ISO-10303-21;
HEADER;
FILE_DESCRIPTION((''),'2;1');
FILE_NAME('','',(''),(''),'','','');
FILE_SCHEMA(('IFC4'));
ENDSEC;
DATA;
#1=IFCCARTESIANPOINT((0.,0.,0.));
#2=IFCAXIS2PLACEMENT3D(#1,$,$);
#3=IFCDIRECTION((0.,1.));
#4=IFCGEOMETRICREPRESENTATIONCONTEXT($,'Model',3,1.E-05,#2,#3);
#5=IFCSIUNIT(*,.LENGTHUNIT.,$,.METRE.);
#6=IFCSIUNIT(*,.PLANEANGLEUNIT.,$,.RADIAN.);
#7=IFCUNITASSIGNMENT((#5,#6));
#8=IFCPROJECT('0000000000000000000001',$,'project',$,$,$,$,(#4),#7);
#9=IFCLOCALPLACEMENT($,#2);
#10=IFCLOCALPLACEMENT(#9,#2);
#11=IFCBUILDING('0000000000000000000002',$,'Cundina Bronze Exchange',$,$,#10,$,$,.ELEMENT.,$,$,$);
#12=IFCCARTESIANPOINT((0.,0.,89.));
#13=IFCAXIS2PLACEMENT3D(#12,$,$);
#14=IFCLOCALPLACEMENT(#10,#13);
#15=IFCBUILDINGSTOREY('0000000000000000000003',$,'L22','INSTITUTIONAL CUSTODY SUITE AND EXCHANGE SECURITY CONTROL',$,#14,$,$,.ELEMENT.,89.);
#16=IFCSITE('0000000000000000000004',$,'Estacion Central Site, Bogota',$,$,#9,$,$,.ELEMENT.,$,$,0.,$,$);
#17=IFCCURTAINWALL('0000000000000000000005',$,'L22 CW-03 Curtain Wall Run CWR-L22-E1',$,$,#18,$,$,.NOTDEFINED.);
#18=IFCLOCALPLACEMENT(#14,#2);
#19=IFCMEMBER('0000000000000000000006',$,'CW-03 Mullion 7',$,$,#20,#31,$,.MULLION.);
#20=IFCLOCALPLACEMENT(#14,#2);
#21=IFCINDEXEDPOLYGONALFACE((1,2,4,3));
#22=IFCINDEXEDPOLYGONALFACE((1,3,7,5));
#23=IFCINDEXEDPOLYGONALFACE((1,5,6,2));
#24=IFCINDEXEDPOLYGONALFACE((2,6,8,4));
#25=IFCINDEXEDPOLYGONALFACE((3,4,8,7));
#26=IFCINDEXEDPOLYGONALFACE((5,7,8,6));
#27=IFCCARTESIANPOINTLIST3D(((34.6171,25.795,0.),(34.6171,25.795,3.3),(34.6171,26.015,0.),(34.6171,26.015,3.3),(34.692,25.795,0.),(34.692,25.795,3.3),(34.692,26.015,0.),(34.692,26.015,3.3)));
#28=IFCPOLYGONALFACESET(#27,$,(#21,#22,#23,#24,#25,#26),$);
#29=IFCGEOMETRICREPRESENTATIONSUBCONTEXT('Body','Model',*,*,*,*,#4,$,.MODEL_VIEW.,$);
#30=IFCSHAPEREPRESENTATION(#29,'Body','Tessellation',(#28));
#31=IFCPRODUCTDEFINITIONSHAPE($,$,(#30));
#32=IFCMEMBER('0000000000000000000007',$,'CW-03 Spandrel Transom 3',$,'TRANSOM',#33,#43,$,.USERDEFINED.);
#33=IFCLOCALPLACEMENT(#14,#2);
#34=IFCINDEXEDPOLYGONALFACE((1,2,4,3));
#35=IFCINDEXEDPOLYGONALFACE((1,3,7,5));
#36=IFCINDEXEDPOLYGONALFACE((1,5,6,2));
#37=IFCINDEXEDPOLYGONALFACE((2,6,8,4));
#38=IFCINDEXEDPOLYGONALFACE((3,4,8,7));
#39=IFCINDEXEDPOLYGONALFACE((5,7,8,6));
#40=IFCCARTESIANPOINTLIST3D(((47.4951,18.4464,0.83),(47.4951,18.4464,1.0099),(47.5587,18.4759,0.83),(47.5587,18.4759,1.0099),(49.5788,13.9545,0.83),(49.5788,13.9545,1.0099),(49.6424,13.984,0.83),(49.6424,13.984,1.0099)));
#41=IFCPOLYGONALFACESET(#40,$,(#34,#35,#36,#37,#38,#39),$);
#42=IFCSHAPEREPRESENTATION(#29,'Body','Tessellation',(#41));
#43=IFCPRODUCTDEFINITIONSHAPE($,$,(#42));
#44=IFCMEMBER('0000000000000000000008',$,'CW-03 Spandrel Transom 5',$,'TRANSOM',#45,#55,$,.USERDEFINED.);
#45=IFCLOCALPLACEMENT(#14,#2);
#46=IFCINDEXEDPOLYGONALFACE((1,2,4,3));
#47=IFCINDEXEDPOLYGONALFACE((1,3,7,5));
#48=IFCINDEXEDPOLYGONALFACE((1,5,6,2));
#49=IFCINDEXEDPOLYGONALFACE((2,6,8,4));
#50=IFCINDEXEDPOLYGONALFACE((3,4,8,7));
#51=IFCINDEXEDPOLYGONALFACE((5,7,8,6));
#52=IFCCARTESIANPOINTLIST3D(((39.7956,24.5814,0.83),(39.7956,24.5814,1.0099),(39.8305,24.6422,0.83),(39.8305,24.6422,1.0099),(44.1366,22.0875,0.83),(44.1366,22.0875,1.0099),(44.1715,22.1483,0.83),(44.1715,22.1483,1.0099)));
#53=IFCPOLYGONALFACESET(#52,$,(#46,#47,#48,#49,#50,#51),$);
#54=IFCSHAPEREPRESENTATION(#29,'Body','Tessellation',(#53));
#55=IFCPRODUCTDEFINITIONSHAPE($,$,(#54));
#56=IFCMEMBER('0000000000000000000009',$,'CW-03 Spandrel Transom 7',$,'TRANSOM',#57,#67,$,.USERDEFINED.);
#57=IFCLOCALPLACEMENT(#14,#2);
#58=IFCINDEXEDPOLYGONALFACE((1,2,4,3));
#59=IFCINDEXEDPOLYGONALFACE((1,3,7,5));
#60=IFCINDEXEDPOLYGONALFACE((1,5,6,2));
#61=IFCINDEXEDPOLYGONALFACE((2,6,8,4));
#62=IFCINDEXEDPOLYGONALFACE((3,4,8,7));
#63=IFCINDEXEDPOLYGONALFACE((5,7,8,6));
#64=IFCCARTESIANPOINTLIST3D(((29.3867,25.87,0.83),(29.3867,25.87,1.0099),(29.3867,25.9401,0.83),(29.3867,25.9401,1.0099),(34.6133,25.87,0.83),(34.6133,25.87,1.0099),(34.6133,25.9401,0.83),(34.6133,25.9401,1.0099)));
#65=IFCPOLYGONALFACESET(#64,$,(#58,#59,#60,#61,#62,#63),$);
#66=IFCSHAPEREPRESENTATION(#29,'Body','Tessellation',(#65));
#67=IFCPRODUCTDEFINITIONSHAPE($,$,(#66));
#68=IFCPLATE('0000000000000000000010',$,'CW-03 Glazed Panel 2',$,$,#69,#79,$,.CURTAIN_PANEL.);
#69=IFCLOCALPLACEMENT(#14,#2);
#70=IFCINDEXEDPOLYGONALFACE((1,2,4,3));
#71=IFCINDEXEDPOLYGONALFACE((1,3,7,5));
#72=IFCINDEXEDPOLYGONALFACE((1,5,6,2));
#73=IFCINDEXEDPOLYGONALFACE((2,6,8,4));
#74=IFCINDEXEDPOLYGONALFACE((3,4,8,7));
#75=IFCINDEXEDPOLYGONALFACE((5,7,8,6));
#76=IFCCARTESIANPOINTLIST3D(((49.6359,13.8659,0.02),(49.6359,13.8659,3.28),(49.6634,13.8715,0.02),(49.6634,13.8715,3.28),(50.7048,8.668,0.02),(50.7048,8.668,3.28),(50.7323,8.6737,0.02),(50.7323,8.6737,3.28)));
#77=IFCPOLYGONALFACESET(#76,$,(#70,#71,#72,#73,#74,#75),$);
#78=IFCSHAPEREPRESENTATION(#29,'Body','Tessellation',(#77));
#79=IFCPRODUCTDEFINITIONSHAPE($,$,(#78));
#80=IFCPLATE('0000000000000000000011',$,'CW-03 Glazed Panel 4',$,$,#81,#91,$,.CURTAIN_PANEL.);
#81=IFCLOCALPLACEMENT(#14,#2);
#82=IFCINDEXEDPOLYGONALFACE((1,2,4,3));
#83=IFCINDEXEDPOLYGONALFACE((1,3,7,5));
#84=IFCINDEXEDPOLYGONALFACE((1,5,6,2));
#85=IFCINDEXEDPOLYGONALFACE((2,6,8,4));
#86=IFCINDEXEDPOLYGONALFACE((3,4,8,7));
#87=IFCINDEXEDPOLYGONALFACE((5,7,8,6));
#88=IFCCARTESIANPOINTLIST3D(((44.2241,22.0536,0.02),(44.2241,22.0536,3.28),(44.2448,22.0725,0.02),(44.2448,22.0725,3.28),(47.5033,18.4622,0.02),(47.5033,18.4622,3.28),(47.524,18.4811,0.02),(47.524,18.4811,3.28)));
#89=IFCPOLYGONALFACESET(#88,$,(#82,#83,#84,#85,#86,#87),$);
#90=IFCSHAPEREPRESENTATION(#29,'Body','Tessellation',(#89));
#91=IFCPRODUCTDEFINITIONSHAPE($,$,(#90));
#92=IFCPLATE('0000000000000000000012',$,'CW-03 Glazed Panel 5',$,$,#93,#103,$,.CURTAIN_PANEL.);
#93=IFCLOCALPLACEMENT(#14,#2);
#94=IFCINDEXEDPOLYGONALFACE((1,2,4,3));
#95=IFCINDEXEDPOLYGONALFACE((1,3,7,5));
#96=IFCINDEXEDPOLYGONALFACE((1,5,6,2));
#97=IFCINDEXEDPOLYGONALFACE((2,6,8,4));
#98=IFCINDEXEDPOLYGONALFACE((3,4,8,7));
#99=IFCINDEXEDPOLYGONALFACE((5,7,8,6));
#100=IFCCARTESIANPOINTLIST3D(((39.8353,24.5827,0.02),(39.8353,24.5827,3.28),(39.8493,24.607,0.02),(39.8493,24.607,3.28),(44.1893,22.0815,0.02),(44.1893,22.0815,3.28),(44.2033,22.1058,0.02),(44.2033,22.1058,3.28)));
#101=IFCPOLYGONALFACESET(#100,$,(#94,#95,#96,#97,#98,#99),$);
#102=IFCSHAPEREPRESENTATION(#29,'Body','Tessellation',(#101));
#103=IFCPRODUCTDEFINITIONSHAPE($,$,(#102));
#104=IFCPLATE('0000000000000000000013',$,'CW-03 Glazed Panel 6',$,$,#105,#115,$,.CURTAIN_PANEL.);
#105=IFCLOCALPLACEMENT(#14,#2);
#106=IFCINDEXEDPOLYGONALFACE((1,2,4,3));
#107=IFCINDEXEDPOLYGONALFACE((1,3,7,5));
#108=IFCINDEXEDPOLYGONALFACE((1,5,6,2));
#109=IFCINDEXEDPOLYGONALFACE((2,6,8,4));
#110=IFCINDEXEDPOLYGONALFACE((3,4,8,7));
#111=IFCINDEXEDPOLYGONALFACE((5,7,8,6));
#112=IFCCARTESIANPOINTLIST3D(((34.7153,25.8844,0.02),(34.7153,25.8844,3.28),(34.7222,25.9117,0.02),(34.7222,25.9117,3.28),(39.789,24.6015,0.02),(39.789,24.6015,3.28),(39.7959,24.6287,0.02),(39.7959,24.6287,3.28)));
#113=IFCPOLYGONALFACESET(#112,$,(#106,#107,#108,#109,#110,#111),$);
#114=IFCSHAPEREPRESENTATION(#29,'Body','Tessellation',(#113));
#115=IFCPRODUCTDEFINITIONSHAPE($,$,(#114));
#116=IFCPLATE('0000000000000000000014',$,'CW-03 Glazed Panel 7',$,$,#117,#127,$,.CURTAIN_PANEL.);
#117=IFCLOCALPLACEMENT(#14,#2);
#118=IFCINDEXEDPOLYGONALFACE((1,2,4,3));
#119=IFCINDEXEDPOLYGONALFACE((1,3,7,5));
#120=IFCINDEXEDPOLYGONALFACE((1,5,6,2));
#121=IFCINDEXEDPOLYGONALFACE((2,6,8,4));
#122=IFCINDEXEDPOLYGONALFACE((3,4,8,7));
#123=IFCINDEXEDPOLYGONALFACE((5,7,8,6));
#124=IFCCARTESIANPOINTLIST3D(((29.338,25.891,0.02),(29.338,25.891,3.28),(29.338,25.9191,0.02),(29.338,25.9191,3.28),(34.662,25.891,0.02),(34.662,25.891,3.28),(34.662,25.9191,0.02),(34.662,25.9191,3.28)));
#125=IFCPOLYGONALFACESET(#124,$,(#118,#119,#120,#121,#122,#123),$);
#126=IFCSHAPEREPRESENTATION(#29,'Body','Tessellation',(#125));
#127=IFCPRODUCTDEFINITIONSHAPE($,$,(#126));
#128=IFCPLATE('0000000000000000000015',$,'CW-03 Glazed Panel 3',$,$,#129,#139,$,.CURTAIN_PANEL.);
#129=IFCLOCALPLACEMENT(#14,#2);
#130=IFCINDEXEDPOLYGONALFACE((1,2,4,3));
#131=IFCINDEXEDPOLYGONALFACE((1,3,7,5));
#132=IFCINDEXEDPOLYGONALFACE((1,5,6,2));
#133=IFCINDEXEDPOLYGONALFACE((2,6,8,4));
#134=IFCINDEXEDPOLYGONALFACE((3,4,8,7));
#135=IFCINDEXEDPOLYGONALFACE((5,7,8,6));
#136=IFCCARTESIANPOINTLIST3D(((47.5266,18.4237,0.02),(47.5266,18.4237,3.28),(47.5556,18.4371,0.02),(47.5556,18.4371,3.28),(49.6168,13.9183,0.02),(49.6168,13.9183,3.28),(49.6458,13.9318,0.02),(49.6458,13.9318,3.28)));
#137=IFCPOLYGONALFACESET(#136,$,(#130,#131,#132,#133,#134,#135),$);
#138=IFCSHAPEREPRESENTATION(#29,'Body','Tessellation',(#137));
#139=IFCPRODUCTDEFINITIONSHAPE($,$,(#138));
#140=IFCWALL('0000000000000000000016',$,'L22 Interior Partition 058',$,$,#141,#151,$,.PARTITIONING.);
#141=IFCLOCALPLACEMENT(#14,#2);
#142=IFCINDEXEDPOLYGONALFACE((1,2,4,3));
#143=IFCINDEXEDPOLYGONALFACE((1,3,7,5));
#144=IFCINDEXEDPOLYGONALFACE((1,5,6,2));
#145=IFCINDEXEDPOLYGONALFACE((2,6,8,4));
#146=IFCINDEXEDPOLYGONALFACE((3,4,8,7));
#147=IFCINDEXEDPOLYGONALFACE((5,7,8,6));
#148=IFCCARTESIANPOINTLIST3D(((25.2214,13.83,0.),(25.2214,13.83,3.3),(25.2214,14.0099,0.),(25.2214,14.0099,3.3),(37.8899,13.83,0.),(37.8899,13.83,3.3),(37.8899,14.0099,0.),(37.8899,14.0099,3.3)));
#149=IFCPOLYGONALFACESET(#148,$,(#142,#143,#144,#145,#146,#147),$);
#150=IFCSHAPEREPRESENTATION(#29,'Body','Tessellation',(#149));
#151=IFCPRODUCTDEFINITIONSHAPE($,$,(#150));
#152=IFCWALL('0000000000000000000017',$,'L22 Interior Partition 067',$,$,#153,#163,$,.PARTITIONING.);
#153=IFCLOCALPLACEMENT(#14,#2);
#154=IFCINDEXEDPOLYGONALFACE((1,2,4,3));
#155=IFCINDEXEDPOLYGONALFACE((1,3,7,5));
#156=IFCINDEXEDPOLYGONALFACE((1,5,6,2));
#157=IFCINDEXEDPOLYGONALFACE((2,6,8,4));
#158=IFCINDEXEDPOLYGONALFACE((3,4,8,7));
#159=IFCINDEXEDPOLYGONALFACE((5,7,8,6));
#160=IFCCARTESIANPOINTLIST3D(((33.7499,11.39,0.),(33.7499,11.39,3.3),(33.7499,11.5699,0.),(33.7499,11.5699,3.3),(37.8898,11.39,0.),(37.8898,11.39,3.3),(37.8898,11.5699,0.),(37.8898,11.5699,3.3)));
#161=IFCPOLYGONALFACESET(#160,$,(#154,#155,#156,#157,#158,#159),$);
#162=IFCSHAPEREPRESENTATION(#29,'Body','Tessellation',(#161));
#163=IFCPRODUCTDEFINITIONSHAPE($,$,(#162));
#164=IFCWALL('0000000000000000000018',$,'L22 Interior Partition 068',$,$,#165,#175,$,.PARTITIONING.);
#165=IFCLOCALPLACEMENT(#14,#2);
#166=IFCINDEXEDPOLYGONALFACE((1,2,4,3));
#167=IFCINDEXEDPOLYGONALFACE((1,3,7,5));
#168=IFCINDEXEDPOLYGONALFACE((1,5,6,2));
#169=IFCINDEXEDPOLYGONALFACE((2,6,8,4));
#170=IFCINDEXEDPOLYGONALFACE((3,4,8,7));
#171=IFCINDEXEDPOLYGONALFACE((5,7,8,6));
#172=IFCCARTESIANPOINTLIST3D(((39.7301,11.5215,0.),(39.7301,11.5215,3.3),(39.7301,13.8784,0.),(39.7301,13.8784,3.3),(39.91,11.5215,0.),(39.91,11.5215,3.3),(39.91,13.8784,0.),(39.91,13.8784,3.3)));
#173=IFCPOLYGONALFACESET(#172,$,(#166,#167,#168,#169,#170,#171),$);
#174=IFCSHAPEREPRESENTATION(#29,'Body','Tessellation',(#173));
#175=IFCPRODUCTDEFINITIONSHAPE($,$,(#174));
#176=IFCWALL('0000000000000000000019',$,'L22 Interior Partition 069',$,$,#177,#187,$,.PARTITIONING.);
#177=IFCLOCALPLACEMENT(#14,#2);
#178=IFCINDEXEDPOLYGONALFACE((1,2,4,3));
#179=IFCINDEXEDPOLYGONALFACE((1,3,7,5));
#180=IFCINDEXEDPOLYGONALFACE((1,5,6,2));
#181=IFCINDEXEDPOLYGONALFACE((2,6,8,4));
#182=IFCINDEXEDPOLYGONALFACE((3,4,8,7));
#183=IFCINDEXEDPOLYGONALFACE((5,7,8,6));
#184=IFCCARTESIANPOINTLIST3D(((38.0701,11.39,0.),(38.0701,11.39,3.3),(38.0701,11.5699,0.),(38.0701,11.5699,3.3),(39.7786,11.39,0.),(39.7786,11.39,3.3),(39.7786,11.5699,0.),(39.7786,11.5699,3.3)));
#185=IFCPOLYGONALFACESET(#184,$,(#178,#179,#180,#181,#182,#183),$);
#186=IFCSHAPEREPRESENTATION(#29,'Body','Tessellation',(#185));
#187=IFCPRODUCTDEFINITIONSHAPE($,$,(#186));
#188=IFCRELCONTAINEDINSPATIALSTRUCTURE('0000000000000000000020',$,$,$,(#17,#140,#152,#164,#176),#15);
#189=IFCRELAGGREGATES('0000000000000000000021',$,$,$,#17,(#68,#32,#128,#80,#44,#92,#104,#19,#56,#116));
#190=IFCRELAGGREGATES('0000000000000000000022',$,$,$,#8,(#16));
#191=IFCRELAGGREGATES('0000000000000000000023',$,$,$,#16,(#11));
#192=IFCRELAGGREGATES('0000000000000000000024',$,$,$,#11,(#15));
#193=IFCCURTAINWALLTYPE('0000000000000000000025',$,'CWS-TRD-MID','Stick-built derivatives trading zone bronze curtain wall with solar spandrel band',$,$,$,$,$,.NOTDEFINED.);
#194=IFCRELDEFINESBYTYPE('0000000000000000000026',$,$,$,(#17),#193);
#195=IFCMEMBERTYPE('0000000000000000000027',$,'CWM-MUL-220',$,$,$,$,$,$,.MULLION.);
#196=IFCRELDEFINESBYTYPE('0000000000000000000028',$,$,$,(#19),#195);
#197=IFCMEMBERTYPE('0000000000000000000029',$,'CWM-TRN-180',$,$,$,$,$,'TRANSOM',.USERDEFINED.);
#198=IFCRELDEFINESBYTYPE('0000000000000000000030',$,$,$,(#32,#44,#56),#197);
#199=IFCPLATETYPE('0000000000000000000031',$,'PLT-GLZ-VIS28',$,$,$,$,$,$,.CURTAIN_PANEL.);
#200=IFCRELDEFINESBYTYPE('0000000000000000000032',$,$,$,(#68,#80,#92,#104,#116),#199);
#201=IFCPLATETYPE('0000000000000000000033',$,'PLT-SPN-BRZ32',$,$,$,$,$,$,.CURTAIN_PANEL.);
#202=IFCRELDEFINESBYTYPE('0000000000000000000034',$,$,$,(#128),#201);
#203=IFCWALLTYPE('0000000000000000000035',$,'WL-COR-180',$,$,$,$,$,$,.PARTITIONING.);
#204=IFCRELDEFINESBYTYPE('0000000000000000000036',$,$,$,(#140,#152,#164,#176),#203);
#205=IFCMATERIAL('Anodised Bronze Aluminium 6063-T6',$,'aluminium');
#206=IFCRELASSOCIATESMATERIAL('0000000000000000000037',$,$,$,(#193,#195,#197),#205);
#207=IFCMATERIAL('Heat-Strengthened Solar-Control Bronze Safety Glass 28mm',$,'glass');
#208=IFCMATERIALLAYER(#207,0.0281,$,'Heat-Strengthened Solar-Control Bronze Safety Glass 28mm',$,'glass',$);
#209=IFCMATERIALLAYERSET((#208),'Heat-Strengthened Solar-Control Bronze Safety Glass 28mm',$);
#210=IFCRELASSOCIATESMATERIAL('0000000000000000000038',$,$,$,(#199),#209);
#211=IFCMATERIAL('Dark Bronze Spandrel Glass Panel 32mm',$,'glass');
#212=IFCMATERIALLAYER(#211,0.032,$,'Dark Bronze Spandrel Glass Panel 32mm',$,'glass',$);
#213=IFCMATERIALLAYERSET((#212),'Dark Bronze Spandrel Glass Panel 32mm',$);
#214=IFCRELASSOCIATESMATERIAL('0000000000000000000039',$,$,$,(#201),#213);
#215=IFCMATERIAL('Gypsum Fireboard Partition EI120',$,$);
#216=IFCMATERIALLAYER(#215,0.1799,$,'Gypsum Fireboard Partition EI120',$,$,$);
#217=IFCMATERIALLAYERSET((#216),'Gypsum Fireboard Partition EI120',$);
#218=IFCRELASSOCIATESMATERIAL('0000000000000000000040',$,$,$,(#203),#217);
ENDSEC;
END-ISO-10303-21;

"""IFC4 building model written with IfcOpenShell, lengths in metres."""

from ifc_helpers import new_model, si_unit, direction, frame, frame_2d, origin, origin_2d, place, context, subcontext, project, spatial, rectangle, extrude, material, layer, layer_set, material_profile, profile_set, type_object, element, aggregate, save


model = new_model("IFC4")

# Units and contexts
model_context = context("Model", 3, precision=1e-05, world=origin(), true_north=direction((0.0, 1.0)))
body_context = subcontext(model_context, "Body", "Model", "MODEL_VIEW")
ifc_project = project(units=[si_unit("LENGTHUNIT", "METRE"), si_unit("PLANEANGLEUNIT", "RADIAN")], contexts=[model_context])

# Site, building, storey
site_placement = place(None, origin())
site = spatial("IfcSite", under=ifc_project, at=site_placement, Name="Estacion Central Site, Bogota", CompositionType="ELEMENT", RefElevation=0.0)
building_placement = place(site_placement, origin())
building = spatial("IfcBuilding", under=site, at=building_placement, Name="Cundina Bronze Exchange", CompositionType="ELEMENT")
storey_placement = place(building_placement, frame((0.0, 0.0, 89.0)))
storey = spatial("IfcBuildingStorey", under=building, at=storey_placement, Name="L22", Description="INSTITUTIONAL CUSTODY SUITE AND EXCHANGE SECURITY CONTROL", CompositionType="ELEMENT", Elevation=89.0)

# Curtain wall, members, plates
ifc_material_1 = material(Name="Anodised Bronze Aluminium 6063-T6", Category="aluminium")
curtain_wall_type = type_object("IfcCurtainWallType", Name="CWS-TRD-MID", Description="Stick-built derivatives trading zone bronze curtain wall with solar spandrel band", PredefinedType="NOTDEFINED", material=ifc_material_1)
curtain_wall_placement = place(storey_placement, origin())
curtain_wall = element("IfcCurtainWall", 1, at=curtain_wall_placement, inside=storey, type_object=curtain_wall_type, Name="L22 CW-03 Curtain Wall Run CWR-L22-E1", PredefinedType="NOTDEFINED")
ifc_material_profile_1 = material_profile(ifc_material_1, rectangle(XDim=0.075, YDim=0.22, at=origin_2d()), Name="AL75X220", Category="aluminium")
ifc_profile_set_1 = profile_set([ifc_material_profile_1], Name="Anodised Bronze Aluminium 6063-T6")
member_type_1 = type_object("IfcMemberType", Name="CWM-MUL-220", PredefinedType="MULLION", material=ifc_profile_set_1)
member_1_placement = place(storey_placement, frame((34.6545, 25.905, 0.0), z_axis=(0.0, 0.0, 1.0), x_axis=(-1.0, 0.0, 0.0)))
member_1 = element("IfcMember", 2, at=member_1_placement, type_object=member_type_1, Name="CW-03 Mullion 7", PredefinedType="MULLION", context=body_context, shape_type="SweptSolid", body=[
    extrude(rectangle(XDim=0.075, YDim=0.22, at=origin_2d()), origin(), (0.0, 0.0, 1.0), 3.3),
])
ifc_material_profile_2 = material_profile(ifc_material_1, rectangle(XDim=0.0701, YDim=0.1799, at=origin_2d()), Name="AL70X180", Category="aluminium")
ifc_profile_set_2 = profile_set([ifc_material_profile_2], Name="Anodised Bronze Aluminium 6063-T6")
member_type_2 = type_object("IfcMemberType", Name="CWM-TRN-180", ElementType="TRANSOM", PredefinedType="USERDEFINED", material=ifc_profile_set_2)
member_2_placement = place(storey_placement, frame((49.6106, 13.9692, 0.9199), z_axis=(-0.420811, 0.907148, 0.0), x_axis=(-0.907148, -0.420811, 0.0)))
member_2 = element("IfcMember", 3, at=member_2_placement, type_object=member_type_2, Name="CW-03 Spandrel Transom 3", ObjectType="TRANSOM", PredefinedType="USERDEFINED", context=body_context, shape_type="SweptSolid", body=[
    extrude(rectangle(XDim=0.0701, YDim=0.1799, at=origin_2d()), origin(), (0.0, 0.0, 1.0), 4.9517),
])
member_3_placement = place(storey_placement, frame((44.1541, 22.1179, 0.9199), z_axis=(-0.867097, 0.498139, 0.0), x_axis=(-0.498139, -0.867097, 0.0)))
member_3 = element("IfcMember", 4, at=member_3_placement, type_object=member_type_2, Name="CW-03 Spandrel Transom 5", ObjectType="TRANSOM", PredefinedType="USERDEFINED", context=body_context, shape_type="SweptSolid", body=[
    extrude(rectangle(XDim=0.0701, YDim=0.1799, at=origin_2d()), origin(), (0.0, 0.0, 1.0), 5.0063),
])
member_4_placement = place(storey_placement, frame((34.6133, 25.905, 0.9199), z_axis=(-1.0, 0.0, 0.0), x_axis=(0.0, -1.0, 0.0)))
member_4 = element("IfcMember", 5, at=member_4_placement, type_object=member_type_2, Name="CW-03 Spandrel Transom 7", ObjectType="TRANSOM", PredefinedType="USERDEFINED", context=body_context, shape_type="SweptSolid", body=[
    extrude(rectangle(XDim=0.0701, YDim=0.1799, at=origin_2d()), origin(), (0.0, 0.0, 1.0), 5.2266),
])
ifc_material_2 = material(Name="Heat-Strengthened Solar-Control Bronze Safety Glass 28mm", Category="glass")
ifc_layer_1 = layer(ifc_material_2, 0.0281, Name="Heat-Strengthened Solar-Control Bronze Safety Glass 28mm", Category="glass")
ifc_layer_set_1 = layer_set([ifc_layer_1], Name="Heat-Strengthened Solar-Control Bronze Safety Glass 28mm")
plate_type_1 = type_object("IfcPlateType", Name="PLT-GLZ-VIS28", PredefinedType="CURTAIN_PANEL", material=ifc_layer_set_1)
plate_1_placement = place(storey_placement, frame((50.1841, 11.2698, 0.02), z_axis=(0.0, 0.0, 1.0), x_axis=(-0.20142, 0.979505, 0.0)))
plate_1 = element("IfcPlate", 6, at=plate_1_placement, type_object=plate_type_1, Name="CW-03 Glazed Panel 2", PredefinedType="CURTAIN_PANEL", context=body_context, shape_type="SweptSolid", body=[
    extrude(rectangle(XDim=5.3066, YDim=0.0281, at=origin_2d()), origin(), (0.0, 0.0, 1.0), 3.26),
])
plate_2_placement = place(storey_placement, frame((45.874, 20.2673, 0.02), z_axis=(0.0, 0.0, 1.0), x_axis=(-0.674277, 0.738479, 0.0)))
plate_2 = element("IfcPlate", 7, at=plate_2_placement, type_object=plate_type_1, Name="CW-03 Glazed Panel 4", PredefinedType="CURTAIN_PANEL", context=body_context, shape_type="SweptSolid", body=[
    extrude(rectangle(XDim=4.8633, YDim=0.0281, at=origin_2d()), origin(), (0.0, 0.0, 1.0), 3.26),
])
plate_3_placement = place(storey_placement, frame((42.0193, 23.3442, 0.02), z_axis=(0.0, 0.0, 1.0), x_axis=(-0.867105, 0.498125, 0.0)))
plate_3 = element("IfcPlate", 8, at=plate_3_placement, type_object=plate_type_1, Name="CW-03 Glazed Panel 5", PredefinedType="CURTAIN_PANEL", context=body_context, shape_type="SweptSolid", body=[
    extrude(rectangle(XDim=5.0212, YDim=0.0281, at=origin_2d()), origin(), (0.0, 0.0, 1.0), 3.26),
])
plate_4_placement = place(storey_placement, frame((37.2556, 25.2566, 0.02), z_axis=(0.0, 0.0, 1.0), x_axis=(-0.969488, 0.245138, 0.0)))
plate_4 = element("IfcPlate", 9, at=plate_4_placement, type_object=plate_type_1, Name="CW-03 Glazed Panel 6", PredefinedType="CURTAIN_PANEL", context=body_context, shape_type="SweptSolid", body=[
    extrude(rectangle(XDim=5.2334, YDim=0.0281, at=origin_2d()), origin(), (0.0, 0.0, 1.0), 3.26),
])
plate_5_placement = place(storey_placement, frame((32.0, 25.905, 0.02), z_axis=(0.0, 0.0, 1.0), x_axis=(-1.0, 0.0, 0.0)))
plate_5 = element("IfcPlate", 10, at=plate_5_placement, type_object=plate_type_1, Name="CW-03 Glazed Panel 7", PredefinedType="CURTAIN_PANEL", context=body_context, shape_type="SweptSolid", body=[
    extrude(rectangle(XDim=5.324, YDim=0.0281, at=origin_2d()), origin(), (0.0, 0.0, 1.0), 3.26),
])
ifc_material_3 = material(Name="Dark Bronze Spandrel Glass Panel 32mm", Category="glass")
ifc_layer_2 = layer(ifc_material_3, 0.032, Name="Dark Bronze Spandrel Glass Panel 32mm", Category="glass")
ifc_layer_set_2 = layer_set([ifc_layer_2], Name="Dark Bronze Spandrel Glass Panel 32mm")
plate_type_2 = type_object("IfcPlateType", Name="PLT-SPN-BRZ32", PredefinedType="CURTAIN_PANEL", material=ifc_layer_set_2)
plate_6_placement = place(storey_placement, frame((48.5862, 16.1777, 0.02), z_axis=(0.0, 0.0, 1.0), x_axis=(-0.420846, 0.907132, 0.0)))
plate_6 = element("IfcPlate", 11, at=plate_6_placement, type_object=plate_type_2, Name="CW-03 Glazed Panel 3", PredefinedType="CURTAIN_PANEL", context=body_context, shape_type="SweptSolid", body=[
    extrude(rectangle(XDim=4.9666, YDim=0.032, at=origin_2d()), origin(), (0.0, 0.0, 1.0), 3.26),
])
aggregate(curtain_wall, [plate_1, member_2, plate_6, plate_2, member_3, plate_3, plate_4, member_1, member_4, plate_5])

# Walls
ifc_material_4 = material(Name="Gypsum Fireboard Partition EI120")
ifc_layer_3 = layer(ifc_material_4, 0.1799, Name="Gypsum Fireboard Partition EI120")
ifc_layer_set_3 = layer_set([ifc_layer_3], Name="Gypsum Fireboard Partition EI120")
wall_type_1 = type_object("IfcWallType", Name="WL-COR-180", PredefinedType="PARTITIONING", material=ifc_layer_set_3)
wall_1_placement = place(storey_placement, frame((37.8899, 13.9199, 0.0), z_axis=(0.0, 0.0, 1.0), x_axis=(-1.0, 0.0, 0.0)))
element("IfcWall", 12, at=wall_1_placement, inside=storey, type_object=wall_type_1, Name="L22 Interior Partition 058", PredefinedType="PARTITIONING", context=body_context, shape_type="SweptSolid", body=[
    extrude(rectangle(XDim=12.6685, YDim=0.1799, at=frame_2d((6.3342, 0.0))), origin(), (0.0, 0.0, 1.0), 3.3),
])
wall_2_placement = place(storey_placement, frame((33.75, 11.48, 0.0), z_axis=(0.0, 0.0, 1.0), x_axis=(1.0, 0.0, 0.0)))
element("IfcWall", 13, at=wall_2_placement, inside=storey, type_object=wall_type_1, Name="L22 Interior Partition 067", PredefinedType="PARTITIONING", context=body_context, shape_type="SweptSolid", body=[
    extrude(rectangle(XDim=4.1399, YDim=0.1799, at=frame_2d((2.0698, 0.0))), origin(), (0.0, 0.0, 1.0), 3.3),
])
wall_3_placement = place(storey_placement, frame((39.8201, 11.5215, 0.0), z_axis=(0.0, 0.0, 1.0), x_axis=(0.0, 1.0, 0.0)))
element("IfcWall", 14, at=wall_3_placement, inside=storey, type_object=wall_type_1, Name="L22 Interior Partition 068", PredefinedType="PARTITIONING", context=body_context, shape_type="SweptSolid", body=[
    extrude(rectangle(XDim=2.3569, YDim=0.1799, at=frame_2d((1.1785, 0.0))), origin(), (0.0, 0.0, 1.0), 3.3),
])
for number, where, z_axis, x_axis, name in (
    (15, (38.0701, 11.48, 0.0), (0.0, 0.0, 1.0), (1.0, 0.0, 0.0), "L22 Interior Partition 069"),
):
    element("IfcWall", number, at=place(storey_placement, frame(where, z_axis=z_axis, x_axis=x_axis)), inside=storey, type_object=wall_type_1, Name=name, PredefinedType="PARTITIONING", context=body_context, shape_type="SweptSolid", body=[
        extrude(rectangle(XDim=1.7085, YDim=0.1799, at=frame_2d((0.8542, 0.0))), origin(), (0.0, 0.0, 1.0), 3.3),
    ])

save(model, "model.ifc")
